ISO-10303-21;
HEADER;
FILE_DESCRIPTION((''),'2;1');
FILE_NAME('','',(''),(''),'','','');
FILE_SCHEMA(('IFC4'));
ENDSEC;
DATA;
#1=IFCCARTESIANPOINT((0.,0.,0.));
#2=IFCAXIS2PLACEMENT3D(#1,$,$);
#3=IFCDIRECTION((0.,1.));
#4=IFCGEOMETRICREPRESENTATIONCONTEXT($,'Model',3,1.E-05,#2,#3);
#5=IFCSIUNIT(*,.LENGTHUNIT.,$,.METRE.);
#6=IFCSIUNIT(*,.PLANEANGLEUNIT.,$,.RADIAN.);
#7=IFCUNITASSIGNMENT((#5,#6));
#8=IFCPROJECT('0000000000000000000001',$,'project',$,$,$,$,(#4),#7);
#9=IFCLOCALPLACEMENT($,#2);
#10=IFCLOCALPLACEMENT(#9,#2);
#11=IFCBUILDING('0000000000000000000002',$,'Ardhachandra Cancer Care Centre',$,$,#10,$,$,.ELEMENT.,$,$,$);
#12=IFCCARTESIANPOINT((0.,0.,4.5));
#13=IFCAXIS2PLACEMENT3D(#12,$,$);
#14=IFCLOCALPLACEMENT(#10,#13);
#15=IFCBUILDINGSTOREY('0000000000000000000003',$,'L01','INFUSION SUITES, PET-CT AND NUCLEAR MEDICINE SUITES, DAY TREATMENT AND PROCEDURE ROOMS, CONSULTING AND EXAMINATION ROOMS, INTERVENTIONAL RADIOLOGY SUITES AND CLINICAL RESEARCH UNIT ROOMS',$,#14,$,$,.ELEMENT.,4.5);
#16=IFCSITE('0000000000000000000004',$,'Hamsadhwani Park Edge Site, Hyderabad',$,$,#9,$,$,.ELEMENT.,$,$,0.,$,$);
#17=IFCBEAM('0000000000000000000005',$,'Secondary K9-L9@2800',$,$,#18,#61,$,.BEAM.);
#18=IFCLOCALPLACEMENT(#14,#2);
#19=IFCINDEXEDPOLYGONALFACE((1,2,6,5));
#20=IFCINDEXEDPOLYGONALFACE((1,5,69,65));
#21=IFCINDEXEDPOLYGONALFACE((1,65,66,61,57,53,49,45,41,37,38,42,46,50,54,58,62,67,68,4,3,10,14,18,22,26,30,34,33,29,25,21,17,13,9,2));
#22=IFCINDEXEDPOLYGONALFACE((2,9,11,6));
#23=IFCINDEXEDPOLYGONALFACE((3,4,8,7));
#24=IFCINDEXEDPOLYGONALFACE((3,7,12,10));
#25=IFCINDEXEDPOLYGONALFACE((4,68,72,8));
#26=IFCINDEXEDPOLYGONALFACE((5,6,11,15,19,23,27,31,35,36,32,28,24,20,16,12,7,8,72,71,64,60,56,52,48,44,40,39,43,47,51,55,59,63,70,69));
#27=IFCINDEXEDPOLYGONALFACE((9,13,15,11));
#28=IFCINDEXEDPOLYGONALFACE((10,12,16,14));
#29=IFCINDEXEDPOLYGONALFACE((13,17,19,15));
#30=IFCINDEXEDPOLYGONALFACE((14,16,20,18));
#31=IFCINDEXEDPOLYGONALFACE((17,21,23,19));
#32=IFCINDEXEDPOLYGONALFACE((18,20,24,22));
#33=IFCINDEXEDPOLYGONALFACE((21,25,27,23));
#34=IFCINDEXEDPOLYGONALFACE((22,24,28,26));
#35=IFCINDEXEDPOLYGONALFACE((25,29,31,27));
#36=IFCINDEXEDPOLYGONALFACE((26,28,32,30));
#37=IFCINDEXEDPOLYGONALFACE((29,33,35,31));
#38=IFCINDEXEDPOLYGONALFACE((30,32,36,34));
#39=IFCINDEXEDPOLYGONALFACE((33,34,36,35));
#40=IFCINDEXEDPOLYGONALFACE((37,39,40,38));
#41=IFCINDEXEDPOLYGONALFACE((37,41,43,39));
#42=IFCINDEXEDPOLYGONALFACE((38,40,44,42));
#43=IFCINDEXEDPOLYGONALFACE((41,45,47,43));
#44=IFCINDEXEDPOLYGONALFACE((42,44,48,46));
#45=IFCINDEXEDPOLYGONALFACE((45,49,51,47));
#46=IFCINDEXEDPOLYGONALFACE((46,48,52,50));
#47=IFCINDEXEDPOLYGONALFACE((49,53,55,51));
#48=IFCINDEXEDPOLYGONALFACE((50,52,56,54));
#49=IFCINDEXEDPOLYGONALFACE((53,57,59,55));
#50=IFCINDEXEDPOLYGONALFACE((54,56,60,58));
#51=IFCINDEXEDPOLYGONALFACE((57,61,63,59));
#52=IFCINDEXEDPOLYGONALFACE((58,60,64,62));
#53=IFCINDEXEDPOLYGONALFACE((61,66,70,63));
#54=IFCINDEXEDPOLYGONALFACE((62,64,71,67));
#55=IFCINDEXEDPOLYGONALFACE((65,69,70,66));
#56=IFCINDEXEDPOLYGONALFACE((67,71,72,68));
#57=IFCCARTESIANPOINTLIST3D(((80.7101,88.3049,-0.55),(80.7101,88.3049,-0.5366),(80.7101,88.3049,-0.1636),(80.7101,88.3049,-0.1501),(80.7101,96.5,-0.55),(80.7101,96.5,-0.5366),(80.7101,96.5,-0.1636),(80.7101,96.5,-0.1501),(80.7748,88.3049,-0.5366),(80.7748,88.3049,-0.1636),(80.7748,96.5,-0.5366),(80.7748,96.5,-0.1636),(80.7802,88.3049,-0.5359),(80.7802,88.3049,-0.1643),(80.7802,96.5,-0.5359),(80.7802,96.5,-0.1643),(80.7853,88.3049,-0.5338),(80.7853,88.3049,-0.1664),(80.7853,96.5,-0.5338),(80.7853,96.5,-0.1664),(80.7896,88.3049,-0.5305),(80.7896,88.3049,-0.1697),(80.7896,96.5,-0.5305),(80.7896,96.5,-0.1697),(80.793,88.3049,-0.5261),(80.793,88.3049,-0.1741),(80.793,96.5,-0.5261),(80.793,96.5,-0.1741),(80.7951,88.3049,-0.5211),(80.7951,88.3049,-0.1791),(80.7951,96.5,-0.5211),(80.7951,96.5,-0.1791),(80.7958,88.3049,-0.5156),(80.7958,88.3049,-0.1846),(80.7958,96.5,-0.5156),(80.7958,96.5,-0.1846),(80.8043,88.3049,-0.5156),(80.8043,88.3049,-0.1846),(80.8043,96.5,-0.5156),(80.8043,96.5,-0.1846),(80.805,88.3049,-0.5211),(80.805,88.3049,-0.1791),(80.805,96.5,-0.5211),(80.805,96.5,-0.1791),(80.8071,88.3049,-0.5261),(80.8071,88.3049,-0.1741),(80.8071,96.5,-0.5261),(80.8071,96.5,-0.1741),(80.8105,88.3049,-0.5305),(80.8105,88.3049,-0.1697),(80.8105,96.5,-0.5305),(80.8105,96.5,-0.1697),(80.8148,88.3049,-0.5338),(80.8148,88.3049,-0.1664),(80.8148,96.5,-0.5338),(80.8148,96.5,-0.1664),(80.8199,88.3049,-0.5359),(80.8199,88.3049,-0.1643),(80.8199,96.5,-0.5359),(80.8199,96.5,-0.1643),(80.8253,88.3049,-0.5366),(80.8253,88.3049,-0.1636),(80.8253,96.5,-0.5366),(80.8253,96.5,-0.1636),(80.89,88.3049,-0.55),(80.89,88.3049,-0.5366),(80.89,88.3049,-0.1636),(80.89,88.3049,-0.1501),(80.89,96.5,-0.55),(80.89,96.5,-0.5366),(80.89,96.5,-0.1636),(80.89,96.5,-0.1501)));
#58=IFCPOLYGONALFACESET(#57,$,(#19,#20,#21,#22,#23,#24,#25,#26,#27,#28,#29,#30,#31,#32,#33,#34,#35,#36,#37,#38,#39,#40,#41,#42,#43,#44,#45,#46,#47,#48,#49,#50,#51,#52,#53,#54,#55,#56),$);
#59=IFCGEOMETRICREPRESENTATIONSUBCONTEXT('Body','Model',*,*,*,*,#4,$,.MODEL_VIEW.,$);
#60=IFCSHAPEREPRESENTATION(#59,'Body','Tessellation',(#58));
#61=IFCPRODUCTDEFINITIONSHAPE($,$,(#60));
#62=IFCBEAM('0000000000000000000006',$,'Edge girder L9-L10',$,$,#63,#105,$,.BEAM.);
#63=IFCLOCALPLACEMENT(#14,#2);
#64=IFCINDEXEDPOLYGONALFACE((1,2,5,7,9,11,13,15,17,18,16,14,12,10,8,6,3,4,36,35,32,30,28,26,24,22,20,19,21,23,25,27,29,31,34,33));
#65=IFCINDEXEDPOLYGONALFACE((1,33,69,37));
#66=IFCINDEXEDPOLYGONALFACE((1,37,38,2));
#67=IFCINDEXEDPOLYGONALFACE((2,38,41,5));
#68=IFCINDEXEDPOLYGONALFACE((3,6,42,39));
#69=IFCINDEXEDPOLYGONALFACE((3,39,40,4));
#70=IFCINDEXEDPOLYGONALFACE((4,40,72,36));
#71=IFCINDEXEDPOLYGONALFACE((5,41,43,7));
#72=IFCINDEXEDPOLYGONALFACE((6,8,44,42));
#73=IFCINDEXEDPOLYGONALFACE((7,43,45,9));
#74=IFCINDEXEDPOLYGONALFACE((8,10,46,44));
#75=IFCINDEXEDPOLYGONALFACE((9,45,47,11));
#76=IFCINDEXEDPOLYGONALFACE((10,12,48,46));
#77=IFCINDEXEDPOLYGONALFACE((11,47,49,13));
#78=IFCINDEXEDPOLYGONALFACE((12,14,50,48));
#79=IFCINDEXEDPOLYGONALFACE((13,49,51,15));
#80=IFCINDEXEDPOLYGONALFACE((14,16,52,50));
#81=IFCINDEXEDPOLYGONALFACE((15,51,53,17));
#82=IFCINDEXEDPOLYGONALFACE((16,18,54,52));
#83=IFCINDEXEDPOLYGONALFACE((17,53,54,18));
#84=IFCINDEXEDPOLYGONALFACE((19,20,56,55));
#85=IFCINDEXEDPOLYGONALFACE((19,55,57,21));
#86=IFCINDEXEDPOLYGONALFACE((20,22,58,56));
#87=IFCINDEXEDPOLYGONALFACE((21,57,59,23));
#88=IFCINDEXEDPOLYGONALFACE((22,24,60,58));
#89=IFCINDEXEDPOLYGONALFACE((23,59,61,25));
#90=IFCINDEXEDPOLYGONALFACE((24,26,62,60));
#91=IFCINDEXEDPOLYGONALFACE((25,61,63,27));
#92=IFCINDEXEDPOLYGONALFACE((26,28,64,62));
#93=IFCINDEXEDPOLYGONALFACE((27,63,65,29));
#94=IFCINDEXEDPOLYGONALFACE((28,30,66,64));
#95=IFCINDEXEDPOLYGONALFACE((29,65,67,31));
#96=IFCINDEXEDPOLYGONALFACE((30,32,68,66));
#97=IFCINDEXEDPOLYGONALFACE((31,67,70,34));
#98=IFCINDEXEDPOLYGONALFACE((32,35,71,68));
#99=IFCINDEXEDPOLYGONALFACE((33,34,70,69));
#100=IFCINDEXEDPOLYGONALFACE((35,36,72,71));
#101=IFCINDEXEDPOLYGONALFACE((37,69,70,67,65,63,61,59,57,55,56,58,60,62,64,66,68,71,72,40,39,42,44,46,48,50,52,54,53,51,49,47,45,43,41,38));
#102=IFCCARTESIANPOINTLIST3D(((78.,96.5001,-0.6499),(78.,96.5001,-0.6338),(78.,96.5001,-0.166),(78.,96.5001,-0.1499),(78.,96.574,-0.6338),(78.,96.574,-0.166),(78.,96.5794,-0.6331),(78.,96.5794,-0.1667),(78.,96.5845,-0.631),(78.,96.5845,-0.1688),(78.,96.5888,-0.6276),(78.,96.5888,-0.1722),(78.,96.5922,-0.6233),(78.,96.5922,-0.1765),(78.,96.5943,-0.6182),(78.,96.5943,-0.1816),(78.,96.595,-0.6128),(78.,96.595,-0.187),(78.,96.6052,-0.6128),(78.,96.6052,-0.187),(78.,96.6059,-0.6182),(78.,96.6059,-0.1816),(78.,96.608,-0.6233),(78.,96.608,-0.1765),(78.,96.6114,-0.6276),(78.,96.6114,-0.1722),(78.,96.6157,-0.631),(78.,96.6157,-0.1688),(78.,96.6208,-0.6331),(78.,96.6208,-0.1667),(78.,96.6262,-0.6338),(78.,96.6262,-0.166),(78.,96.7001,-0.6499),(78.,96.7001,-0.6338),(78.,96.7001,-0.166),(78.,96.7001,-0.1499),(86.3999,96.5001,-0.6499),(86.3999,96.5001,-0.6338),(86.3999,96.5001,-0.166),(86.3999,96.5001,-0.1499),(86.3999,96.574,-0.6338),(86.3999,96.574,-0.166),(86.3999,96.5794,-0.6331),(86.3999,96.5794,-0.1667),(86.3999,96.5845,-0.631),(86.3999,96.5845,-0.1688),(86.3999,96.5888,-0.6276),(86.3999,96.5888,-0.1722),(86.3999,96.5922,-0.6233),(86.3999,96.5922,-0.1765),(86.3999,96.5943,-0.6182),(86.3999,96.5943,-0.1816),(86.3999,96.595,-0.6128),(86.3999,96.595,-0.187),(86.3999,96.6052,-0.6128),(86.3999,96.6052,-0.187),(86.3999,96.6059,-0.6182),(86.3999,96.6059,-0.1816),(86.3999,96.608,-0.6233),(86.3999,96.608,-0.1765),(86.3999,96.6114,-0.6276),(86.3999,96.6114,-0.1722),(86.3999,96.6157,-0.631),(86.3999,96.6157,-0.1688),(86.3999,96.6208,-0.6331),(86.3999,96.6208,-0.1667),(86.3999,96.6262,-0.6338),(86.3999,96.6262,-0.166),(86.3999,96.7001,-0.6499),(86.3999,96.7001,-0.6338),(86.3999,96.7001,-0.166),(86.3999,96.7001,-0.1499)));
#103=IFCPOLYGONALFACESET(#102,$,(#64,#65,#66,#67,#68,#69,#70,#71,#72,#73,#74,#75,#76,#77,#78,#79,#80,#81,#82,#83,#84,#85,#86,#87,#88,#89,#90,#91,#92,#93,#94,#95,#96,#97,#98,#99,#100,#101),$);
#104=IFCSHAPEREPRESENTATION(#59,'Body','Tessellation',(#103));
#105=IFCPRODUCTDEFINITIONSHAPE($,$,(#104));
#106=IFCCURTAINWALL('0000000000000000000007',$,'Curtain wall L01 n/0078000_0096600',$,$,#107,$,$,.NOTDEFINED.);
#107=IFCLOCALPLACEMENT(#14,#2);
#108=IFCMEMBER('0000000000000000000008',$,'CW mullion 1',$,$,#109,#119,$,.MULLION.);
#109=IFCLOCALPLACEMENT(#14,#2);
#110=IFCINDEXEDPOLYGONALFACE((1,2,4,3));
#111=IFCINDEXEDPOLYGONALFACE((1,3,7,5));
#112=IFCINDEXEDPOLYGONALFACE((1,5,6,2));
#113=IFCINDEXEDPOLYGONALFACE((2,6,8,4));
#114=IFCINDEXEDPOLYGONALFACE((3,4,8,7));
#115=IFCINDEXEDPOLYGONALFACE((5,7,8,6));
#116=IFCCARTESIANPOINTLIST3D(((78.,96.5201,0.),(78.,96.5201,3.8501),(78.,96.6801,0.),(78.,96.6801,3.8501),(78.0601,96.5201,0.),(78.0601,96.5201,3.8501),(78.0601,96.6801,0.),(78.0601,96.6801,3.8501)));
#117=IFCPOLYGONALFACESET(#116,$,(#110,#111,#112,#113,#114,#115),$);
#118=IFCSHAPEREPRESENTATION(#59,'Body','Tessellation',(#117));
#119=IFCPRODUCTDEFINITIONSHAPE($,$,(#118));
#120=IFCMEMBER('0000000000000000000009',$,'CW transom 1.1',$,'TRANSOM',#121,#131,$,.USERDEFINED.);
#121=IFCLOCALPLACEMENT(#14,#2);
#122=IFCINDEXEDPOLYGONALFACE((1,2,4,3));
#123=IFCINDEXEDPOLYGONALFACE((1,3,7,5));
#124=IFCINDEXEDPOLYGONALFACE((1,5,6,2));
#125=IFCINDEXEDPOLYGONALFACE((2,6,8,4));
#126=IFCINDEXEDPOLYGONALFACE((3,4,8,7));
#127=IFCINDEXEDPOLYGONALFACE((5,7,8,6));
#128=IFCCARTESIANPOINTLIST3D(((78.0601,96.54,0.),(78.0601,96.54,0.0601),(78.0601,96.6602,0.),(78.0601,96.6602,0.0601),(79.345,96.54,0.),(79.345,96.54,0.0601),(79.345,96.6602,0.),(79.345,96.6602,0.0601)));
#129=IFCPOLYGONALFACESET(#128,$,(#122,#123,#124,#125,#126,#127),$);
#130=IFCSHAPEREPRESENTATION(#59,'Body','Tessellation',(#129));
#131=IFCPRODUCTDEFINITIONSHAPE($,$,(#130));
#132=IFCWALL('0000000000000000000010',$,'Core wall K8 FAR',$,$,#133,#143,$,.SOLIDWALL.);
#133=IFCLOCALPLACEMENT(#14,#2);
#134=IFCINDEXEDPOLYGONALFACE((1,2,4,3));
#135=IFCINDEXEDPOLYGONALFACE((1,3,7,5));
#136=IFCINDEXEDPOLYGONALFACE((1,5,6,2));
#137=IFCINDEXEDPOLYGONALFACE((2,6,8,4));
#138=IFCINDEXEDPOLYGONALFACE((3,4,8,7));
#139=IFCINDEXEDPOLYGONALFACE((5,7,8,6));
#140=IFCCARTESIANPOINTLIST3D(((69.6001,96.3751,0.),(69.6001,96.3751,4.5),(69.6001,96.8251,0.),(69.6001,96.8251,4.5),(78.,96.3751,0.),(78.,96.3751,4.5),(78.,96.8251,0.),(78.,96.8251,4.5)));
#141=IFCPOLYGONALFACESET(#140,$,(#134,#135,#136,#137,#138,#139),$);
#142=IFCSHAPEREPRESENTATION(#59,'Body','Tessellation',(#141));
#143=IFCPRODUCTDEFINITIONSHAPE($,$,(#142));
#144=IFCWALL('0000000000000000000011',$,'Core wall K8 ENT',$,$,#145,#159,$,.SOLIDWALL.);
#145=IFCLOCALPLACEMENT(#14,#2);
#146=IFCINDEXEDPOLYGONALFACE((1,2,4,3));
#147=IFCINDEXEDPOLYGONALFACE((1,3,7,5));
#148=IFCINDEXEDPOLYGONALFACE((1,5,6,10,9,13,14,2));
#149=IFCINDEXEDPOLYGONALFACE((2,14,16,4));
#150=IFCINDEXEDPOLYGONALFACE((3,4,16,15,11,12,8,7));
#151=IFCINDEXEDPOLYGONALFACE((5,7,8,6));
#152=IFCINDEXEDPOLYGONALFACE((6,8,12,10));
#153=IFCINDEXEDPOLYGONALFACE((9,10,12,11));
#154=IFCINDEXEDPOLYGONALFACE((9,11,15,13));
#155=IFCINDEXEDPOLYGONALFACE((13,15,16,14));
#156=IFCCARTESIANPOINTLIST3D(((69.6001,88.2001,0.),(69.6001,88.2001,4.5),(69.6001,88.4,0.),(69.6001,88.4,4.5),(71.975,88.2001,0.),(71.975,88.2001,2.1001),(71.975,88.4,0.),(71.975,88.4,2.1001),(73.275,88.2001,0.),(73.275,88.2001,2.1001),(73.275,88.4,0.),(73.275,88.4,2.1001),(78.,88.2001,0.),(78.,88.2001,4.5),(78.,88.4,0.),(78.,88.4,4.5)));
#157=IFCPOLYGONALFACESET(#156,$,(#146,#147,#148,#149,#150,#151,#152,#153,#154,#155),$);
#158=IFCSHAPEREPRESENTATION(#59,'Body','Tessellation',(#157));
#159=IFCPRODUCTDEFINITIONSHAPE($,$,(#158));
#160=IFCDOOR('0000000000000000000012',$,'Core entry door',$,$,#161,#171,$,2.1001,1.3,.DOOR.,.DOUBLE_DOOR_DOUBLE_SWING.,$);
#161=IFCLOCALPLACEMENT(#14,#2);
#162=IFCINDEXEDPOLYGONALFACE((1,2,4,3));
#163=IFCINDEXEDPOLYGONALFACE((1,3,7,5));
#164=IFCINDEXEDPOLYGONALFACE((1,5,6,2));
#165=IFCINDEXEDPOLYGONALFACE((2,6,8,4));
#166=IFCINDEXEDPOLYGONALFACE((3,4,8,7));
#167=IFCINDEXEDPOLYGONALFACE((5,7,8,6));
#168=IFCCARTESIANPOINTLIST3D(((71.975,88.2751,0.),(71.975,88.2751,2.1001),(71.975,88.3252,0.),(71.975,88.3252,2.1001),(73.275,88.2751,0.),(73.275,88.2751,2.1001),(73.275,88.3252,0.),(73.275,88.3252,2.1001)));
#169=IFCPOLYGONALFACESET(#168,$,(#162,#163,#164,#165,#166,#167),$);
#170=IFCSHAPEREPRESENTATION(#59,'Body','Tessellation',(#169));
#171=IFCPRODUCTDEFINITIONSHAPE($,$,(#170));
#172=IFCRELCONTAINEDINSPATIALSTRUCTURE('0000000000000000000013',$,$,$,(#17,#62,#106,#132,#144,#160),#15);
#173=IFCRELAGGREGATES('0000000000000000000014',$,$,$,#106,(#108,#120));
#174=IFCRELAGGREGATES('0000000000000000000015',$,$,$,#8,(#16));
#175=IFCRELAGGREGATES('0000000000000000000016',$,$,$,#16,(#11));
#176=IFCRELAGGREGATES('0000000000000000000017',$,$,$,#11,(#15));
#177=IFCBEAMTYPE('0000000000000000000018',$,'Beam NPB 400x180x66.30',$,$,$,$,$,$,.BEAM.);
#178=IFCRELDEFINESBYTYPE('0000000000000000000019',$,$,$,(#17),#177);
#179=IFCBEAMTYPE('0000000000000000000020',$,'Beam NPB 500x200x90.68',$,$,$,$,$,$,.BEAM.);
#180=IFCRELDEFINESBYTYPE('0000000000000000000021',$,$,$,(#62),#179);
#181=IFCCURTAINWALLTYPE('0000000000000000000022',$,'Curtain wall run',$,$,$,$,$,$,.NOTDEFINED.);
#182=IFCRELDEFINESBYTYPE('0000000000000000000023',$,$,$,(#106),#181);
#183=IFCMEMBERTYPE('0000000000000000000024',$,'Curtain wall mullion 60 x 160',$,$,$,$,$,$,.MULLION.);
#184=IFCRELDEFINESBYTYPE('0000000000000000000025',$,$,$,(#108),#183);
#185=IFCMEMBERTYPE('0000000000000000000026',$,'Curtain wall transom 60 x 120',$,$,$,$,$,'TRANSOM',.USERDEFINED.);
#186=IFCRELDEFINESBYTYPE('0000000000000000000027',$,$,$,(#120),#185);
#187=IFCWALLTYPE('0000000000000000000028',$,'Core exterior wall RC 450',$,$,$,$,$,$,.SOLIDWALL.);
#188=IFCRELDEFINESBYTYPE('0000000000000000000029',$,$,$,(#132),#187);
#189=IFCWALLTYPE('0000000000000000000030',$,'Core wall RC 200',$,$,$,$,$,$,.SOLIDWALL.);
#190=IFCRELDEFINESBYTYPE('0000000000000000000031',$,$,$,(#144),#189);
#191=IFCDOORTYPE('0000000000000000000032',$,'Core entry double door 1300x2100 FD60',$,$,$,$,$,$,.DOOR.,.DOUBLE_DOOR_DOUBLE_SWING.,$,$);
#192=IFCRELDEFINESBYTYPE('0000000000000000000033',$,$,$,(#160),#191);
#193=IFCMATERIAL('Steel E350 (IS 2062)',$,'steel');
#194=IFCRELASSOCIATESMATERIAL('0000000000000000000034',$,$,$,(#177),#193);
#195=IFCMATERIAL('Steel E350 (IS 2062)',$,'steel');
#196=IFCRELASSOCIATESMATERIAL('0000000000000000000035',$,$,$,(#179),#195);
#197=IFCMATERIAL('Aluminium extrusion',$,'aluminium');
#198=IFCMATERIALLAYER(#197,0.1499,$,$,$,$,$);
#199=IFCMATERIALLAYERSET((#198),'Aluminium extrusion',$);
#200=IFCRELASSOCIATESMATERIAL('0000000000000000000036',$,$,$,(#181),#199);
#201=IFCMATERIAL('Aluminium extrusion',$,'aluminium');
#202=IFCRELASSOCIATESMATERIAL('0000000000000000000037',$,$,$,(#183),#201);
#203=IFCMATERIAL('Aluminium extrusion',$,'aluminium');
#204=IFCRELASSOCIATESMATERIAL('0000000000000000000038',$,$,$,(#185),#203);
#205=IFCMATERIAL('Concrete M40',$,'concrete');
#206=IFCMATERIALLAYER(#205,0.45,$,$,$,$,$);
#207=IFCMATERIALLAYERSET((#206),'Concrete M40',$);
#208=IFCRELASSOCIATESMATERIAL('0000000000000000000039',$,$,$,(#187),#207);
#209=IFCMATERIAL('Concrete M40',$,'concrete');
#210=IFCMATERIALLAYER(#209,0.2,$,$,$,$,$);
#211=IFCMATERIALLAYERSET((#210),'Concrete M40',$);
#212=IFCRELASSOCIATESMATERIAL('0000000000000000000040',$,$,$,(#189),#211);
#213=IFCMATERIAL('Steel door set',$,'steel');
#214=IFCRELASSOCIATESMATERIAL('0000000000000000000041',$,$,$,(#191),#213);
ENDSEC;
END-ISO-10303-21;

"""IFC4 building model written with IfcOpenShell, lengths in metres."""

from ifc_helpers import new_model, si_unit, direction, frame, frame_2d, origin, origin_2d, place, context, subcontext, project, spatial, rectangle, i_section, extrude, material, layer, layer_set, material_profile, profile_set, type_object, element, fill, aggregate, save


model = new_model("IFC4")

# Units and contexts
model_context = context("Model", 3, precision=1e-05, world=origin(), true_north=direction((0.0, 1.0)))
body_context = subcontext(model_context, "Body", "Model", "MODEL_VIEW")
ifc_project = project(units=[si_unit("LENGTHUNIT", "METRE"), si_unit("PLANEANGLEUNIT", "RADIAN")], contexts=[model_context])

# Site, building, storey
site_placement = place(None, origin())
site = spatial("IfcSite", under=ifc_project, at=site_placement, Name="Hamsadhwani Park Edge Site, Hyderabad", CompositionType="ELEMENT", RefElevation=0.0)
building_placement = place(site_placement, origin())
building = spatial("IfcBuilding", under=site, at=building_placement, Name="Ardhachandra Cancer Care Centre", CompositionType="ELEMENT")
storey_placement = place(building_placement, frame((0.0, 0.0, 4.5)))
storey = spatial("IfcBuildingStorey", under=building, at=storey_placement, Name="L01", Description="INFUSION SUITES, PET-CT AND NUCLEAR MEDICINE SUITES, DAY TREATMENT AND PROCEDURE ROOMS, CONSULTING AND EXAMINATION ROOMS, INTERVENTIONAL RADIOLOGY SUITES AND CLINICAL RESEARCH UNIT ROOMS", CompositionType="ELEMENT", Elevation=4.5)

# Beams
ifc_material_1 = material(Name="Steel E350 (IS 2062)", Category="steel")
ifc_material_profile_1 = material_profile(ifc_material_1, i_section(OverallWidth=0.1799, OverallDepth=0.3999, WebThickness=0.0085, FlangeThickness=0.0134, FilletRadius=0.021, at=origin_2d()), Name="NPB 400x180x66.30")
ifc_profile_set_1 = profile_set([ifc_material_profile_1], Name="Steel E350 (IS 2062)")
beam_type_1 = type_object("IfcBeamType", Name="Beam NPB 400x180x66.30", PredefinedType="BEAM", material=ifc_profile_set_1)
beam_1_placement = place(storey_placement, frame((80.8, 88.3049, -0.3501), z_axis=(0.0, 1.0, 0.0), x_axis=(-1.0, 0.0, 0.0)))
element("IfcBeam", 1, at=beam_1_placement, inside=storey, type_object=beam_type_1, Name="Secondary K9-L9@2800", PredefinedType="BEAM", context=body_context, shape_type="SweptSolid", body=[
    extrude(i_section(OverallWidth=0.1799, OverallDepth=0.3999, WebThickness=0.0085, FlangeThickness=0.0134, FilletRadius=0.021, at=origin_2d()), origin(), (0.0, 0.0, 1.0), 8.1951),
])
ifc_material_2 = material(Name="Steel E350 (IS 2062)", Category="steel")
ifc_material_profile_2 = material_profile(ifc_material_2, i_section(OverallWidth=0.2, OverallDepth=0.5, WebThickness=0.0103, FlangeThickness=0.0161, FilletRadius=0.021, at=origin_2d()), Name="NPB 500x200x90.68")
ifc_profile_set_2 = profile_set([ifc_material_profile_2], Name="Steel E350 (IS 2062)")
beam_type_2 = type_object("IfcBeamType", Name="Beam NPB 500x200x90.68", PredefinedType="BEAM", material=ifc_profile_set_2)
beam_2_placement = place(storey_placement, frame((78.0, 96.6001, -0.3999), z_axis=(1.0, 0.0, 0.0), x_axis=(0.0, 1.0, 0.0)))
element("IfcBeam", 2, at=beam_2_placement, inside=storey, type_object=beam_type_2, Name="Edge girder L9-L10", PredefinedType="BEAM", context=body_context, shape_type="SweptSolid", body=[
    extrude(i_section(OverallWidth=0.2, OverallDepth=0.5, WebThickness=0.0103, FlangeThickness=0.0161, FilletRadius=0.021, at=origin_2d()), origin(), (0.0, 0.0, 1.0), 8.3999),
])

# Curtain wall, members
ifc_material_3 = material(Name="Aluminium extrusion", Category="aluminium")
ifc_layer_1 = layer(ifc_material_3, 0.1499)
ifc_layer_set_1 = layer_set([ifc_layer_1], Name="Aluminium extrusion")
curtain_wall_type = type_object("IfcCurtainWallType", Name="Curtain wall run", PredefinedType="NOTDEFINED", material=ifc_layer_set_1)
curtain_wall_placement = place(storey_placement, origin())
curtain_wall = element("IfcCurtainWall", 3, at=curtain_wall_placement, inside=storey, type_object=curtain_wall_type, Name="Curtain wall L01 n/0078000_0096600", PredefinedType="NOTDEFINED")
ifc_material_4 = material(Name="Aluminium extrusion", Category="aluminium")
ifc_material_profile_3 = material_profile(ifc_material_4, rectangle(XDim=0.1599, YDim=0.0601, at=origin_2d()), Name="Curtain wall mullion 60 x 160")
ifc_profile_set_3 = profile_set([ifc_material_profile_3], Name="Aluminium extrusion")
member_type_1 = type_object("IfcMemberType", Name="Curtain wall mullion 60 x 160", PredefinedType="MULLION", material=ifc_profile_set_3)
member_1_placement = place(storey_placement, frame((78.03, 96.6001, 0.0), z_axis=(0.0, 0.0, 1.0), x_axis=(0.0, 1.0, 0.0)))
member_1 = element("IfcMember", 4, at=member_1_placement, type_object=member_type_1, Name="CW mullion 1", PredefinedType="MULLION", context=body_context, shape_type="SweptSolid", body=[
    extrude(rectangle(XDim=0.1599, YDim=0.0601, at=origin_2d()), origin(), (0.0, 0.0, 1.0), 3.8501),
])
ifc_material_5 = material(Name="Aluminium extrusion", Category="aluminium")
ifc_material_profile_4 = material_profile(ifc_material_5, rectangle(XDim=0.1201, YDim=0.0601, at=origin_2d()), Name="Curtain wall transom 60 x 120")
ifc_profile_set_4 = profile_set([ifc_material_profile_4], Name="Aluminium extrusion")
member_type_2 = type_object("IfcMemberType", Name="Curtain wall transom 60 x 120", ElementType="TRANSOM", PredefinedType="USERDEFINED", material=ifc_profile_set_4)
member_2_placement = place(storey_placement, frame((78.0601, 96.6001, 0.03), z_axis=(1.0, 0.0, 0.0), x_axis=(0.0, 1.0, 0.0)))
member_2 = element("IfcMember", 5, at=member_2_placement, type_object=member_type_2, Name="CW transom 1.1", ObjectType="TRANSOM", PredefinedType="USERDEFINED", context=body_context, shape_type="SweptSolid", body=[
    extrude(rectangle(XDim=0.1201, YDim=0.0601, at=origin_2d()), origin(), (0.0, 0.0, 1.0), 1.2849),
])
aggregate(curtain_wall, [member_1, member_2])

# Wall
ifc_material_6 = material(Name="Concrete M40", Category="concrete")
ifc_layer_2 = layer(ifc_material_6, 0.45)
ifc_layer_set_2 = layer_set([ifc_layer_2], Name="Concrete M40")
wall_type_1 = type_object("IfcWallType", Name="Core exterior wall RC 450", PredefinedType="SOLIDWALL", material=ifc_layer_set_2)
wall_1_placement = place(storey_placement, frame((78.0, 96.6001, 0.0), z_axis=(0.0, 0.0, 1.0), x_axis=(-1.0, 0.0, 0.0)))
element("IfcWall", 6, at=wall_1_placement, inside=storey, type_object=wall_type_1, Name="Core wall K8 FAR", PredefinedType="SOLIDWALL", context=body_context, shape_type="SweptSolid", body=[
    extrude(rectangle(XDim=8.3999, YDim=0.45, at=frame_2d((4.2, 0.0))), origin(), (0.0, 0.0, 1.0), 4.5),
])

# Wall, opening, door
ifc_material_7 = material(Name="Concrete M40", Category="concrete")
ifc_layer_3 = layer(ifc_material_7, 0.2)
ifc_layer_set_3 = layer_set([ifc_layer_3], Name="Concrete M40")
wall_type_2 = type_object("IfcWallType", Name="Core wall RC 200", PredefinedType="SOLIDWALL", material=ifc_layer_set_3)
wall_2_placement = place(storey_placement, frame((78.0, 88.3, 0.0), z_axis=(0.0, 0.0, 1.0), x_axis=(-1.0, 0.0, 0.0)))
wall_2 = element("IfcWall", 7, at=wall_2_placement, inside=storey, type_object=wall_type_2, Name="Core wall K8 ENT", PredefinedType="SOLIDWALL", context=body_context, shape_type="SweptSolid", body=[
    extrude(rectangle(XDim=8.3999, YDim=0.2, at=frame_2d((4.2, 0.0))), origin(), (0.0, 0.0, 1.0), 4.5),
])
opening_1_placement = place(wall_2_placement, frame((4.7251, 0.0, 0.0)))
opening_1 = element("IfcOpeningElement", 8, at=opening_1_placement, cuts=wall_2, PredefinedType="OPENING", context=body_context, shape_type="SweptSolid", body=[
    extrude(rectangle(XDim=1.3, YDim=2.1001, at=frame_2d((0.6499, 1.05))), frame((0.0, 0.1099, 0.0), z_axis=(0.0, -1.0, 0.0), x_axis=(1.0, 0.0, 0.0)), (0.0, 0.0, 1.0), 0.22),
])
ifc_material_8 = material(Name="Steel door set", Category="steel")
door_type_1 = type_object("IfcDoorType", Name="Core entry double door 1300x2100 FD60", OperationType="DOUBLE_DOOR_DOUBLE_SWING", PredefinedType="DOOR", material=ifc_material_8)
door_1_placement = place(opening_1_placement, origin())
door_1 = element("IfcDoor", 9, at=door_1_placement, inside=storey, type_object=door_type_1, Name="Core entry door", OperationType="DOUBLE_DOOR_DOUBLE_SWING", OverallHeight=2.1001, OverallWidth=1.3, PredefinedType="DOOR", context=body_context, shape_type="SweptSolid", body=[
    extrude(rectangle(XDim=1.3, YDim=2.1001, at=frame_2d((0.6499, 1.05))), frame((0.0, 0.0249, 0.0), z_axis=(0.0, -1.0, 0.0), x_axis=(1.0, 0.0, 0.0)), (0.0, 0.0, 1.0), 0.05),
])
fill(opening_1, door_1)

save(model, "model.ifc")
